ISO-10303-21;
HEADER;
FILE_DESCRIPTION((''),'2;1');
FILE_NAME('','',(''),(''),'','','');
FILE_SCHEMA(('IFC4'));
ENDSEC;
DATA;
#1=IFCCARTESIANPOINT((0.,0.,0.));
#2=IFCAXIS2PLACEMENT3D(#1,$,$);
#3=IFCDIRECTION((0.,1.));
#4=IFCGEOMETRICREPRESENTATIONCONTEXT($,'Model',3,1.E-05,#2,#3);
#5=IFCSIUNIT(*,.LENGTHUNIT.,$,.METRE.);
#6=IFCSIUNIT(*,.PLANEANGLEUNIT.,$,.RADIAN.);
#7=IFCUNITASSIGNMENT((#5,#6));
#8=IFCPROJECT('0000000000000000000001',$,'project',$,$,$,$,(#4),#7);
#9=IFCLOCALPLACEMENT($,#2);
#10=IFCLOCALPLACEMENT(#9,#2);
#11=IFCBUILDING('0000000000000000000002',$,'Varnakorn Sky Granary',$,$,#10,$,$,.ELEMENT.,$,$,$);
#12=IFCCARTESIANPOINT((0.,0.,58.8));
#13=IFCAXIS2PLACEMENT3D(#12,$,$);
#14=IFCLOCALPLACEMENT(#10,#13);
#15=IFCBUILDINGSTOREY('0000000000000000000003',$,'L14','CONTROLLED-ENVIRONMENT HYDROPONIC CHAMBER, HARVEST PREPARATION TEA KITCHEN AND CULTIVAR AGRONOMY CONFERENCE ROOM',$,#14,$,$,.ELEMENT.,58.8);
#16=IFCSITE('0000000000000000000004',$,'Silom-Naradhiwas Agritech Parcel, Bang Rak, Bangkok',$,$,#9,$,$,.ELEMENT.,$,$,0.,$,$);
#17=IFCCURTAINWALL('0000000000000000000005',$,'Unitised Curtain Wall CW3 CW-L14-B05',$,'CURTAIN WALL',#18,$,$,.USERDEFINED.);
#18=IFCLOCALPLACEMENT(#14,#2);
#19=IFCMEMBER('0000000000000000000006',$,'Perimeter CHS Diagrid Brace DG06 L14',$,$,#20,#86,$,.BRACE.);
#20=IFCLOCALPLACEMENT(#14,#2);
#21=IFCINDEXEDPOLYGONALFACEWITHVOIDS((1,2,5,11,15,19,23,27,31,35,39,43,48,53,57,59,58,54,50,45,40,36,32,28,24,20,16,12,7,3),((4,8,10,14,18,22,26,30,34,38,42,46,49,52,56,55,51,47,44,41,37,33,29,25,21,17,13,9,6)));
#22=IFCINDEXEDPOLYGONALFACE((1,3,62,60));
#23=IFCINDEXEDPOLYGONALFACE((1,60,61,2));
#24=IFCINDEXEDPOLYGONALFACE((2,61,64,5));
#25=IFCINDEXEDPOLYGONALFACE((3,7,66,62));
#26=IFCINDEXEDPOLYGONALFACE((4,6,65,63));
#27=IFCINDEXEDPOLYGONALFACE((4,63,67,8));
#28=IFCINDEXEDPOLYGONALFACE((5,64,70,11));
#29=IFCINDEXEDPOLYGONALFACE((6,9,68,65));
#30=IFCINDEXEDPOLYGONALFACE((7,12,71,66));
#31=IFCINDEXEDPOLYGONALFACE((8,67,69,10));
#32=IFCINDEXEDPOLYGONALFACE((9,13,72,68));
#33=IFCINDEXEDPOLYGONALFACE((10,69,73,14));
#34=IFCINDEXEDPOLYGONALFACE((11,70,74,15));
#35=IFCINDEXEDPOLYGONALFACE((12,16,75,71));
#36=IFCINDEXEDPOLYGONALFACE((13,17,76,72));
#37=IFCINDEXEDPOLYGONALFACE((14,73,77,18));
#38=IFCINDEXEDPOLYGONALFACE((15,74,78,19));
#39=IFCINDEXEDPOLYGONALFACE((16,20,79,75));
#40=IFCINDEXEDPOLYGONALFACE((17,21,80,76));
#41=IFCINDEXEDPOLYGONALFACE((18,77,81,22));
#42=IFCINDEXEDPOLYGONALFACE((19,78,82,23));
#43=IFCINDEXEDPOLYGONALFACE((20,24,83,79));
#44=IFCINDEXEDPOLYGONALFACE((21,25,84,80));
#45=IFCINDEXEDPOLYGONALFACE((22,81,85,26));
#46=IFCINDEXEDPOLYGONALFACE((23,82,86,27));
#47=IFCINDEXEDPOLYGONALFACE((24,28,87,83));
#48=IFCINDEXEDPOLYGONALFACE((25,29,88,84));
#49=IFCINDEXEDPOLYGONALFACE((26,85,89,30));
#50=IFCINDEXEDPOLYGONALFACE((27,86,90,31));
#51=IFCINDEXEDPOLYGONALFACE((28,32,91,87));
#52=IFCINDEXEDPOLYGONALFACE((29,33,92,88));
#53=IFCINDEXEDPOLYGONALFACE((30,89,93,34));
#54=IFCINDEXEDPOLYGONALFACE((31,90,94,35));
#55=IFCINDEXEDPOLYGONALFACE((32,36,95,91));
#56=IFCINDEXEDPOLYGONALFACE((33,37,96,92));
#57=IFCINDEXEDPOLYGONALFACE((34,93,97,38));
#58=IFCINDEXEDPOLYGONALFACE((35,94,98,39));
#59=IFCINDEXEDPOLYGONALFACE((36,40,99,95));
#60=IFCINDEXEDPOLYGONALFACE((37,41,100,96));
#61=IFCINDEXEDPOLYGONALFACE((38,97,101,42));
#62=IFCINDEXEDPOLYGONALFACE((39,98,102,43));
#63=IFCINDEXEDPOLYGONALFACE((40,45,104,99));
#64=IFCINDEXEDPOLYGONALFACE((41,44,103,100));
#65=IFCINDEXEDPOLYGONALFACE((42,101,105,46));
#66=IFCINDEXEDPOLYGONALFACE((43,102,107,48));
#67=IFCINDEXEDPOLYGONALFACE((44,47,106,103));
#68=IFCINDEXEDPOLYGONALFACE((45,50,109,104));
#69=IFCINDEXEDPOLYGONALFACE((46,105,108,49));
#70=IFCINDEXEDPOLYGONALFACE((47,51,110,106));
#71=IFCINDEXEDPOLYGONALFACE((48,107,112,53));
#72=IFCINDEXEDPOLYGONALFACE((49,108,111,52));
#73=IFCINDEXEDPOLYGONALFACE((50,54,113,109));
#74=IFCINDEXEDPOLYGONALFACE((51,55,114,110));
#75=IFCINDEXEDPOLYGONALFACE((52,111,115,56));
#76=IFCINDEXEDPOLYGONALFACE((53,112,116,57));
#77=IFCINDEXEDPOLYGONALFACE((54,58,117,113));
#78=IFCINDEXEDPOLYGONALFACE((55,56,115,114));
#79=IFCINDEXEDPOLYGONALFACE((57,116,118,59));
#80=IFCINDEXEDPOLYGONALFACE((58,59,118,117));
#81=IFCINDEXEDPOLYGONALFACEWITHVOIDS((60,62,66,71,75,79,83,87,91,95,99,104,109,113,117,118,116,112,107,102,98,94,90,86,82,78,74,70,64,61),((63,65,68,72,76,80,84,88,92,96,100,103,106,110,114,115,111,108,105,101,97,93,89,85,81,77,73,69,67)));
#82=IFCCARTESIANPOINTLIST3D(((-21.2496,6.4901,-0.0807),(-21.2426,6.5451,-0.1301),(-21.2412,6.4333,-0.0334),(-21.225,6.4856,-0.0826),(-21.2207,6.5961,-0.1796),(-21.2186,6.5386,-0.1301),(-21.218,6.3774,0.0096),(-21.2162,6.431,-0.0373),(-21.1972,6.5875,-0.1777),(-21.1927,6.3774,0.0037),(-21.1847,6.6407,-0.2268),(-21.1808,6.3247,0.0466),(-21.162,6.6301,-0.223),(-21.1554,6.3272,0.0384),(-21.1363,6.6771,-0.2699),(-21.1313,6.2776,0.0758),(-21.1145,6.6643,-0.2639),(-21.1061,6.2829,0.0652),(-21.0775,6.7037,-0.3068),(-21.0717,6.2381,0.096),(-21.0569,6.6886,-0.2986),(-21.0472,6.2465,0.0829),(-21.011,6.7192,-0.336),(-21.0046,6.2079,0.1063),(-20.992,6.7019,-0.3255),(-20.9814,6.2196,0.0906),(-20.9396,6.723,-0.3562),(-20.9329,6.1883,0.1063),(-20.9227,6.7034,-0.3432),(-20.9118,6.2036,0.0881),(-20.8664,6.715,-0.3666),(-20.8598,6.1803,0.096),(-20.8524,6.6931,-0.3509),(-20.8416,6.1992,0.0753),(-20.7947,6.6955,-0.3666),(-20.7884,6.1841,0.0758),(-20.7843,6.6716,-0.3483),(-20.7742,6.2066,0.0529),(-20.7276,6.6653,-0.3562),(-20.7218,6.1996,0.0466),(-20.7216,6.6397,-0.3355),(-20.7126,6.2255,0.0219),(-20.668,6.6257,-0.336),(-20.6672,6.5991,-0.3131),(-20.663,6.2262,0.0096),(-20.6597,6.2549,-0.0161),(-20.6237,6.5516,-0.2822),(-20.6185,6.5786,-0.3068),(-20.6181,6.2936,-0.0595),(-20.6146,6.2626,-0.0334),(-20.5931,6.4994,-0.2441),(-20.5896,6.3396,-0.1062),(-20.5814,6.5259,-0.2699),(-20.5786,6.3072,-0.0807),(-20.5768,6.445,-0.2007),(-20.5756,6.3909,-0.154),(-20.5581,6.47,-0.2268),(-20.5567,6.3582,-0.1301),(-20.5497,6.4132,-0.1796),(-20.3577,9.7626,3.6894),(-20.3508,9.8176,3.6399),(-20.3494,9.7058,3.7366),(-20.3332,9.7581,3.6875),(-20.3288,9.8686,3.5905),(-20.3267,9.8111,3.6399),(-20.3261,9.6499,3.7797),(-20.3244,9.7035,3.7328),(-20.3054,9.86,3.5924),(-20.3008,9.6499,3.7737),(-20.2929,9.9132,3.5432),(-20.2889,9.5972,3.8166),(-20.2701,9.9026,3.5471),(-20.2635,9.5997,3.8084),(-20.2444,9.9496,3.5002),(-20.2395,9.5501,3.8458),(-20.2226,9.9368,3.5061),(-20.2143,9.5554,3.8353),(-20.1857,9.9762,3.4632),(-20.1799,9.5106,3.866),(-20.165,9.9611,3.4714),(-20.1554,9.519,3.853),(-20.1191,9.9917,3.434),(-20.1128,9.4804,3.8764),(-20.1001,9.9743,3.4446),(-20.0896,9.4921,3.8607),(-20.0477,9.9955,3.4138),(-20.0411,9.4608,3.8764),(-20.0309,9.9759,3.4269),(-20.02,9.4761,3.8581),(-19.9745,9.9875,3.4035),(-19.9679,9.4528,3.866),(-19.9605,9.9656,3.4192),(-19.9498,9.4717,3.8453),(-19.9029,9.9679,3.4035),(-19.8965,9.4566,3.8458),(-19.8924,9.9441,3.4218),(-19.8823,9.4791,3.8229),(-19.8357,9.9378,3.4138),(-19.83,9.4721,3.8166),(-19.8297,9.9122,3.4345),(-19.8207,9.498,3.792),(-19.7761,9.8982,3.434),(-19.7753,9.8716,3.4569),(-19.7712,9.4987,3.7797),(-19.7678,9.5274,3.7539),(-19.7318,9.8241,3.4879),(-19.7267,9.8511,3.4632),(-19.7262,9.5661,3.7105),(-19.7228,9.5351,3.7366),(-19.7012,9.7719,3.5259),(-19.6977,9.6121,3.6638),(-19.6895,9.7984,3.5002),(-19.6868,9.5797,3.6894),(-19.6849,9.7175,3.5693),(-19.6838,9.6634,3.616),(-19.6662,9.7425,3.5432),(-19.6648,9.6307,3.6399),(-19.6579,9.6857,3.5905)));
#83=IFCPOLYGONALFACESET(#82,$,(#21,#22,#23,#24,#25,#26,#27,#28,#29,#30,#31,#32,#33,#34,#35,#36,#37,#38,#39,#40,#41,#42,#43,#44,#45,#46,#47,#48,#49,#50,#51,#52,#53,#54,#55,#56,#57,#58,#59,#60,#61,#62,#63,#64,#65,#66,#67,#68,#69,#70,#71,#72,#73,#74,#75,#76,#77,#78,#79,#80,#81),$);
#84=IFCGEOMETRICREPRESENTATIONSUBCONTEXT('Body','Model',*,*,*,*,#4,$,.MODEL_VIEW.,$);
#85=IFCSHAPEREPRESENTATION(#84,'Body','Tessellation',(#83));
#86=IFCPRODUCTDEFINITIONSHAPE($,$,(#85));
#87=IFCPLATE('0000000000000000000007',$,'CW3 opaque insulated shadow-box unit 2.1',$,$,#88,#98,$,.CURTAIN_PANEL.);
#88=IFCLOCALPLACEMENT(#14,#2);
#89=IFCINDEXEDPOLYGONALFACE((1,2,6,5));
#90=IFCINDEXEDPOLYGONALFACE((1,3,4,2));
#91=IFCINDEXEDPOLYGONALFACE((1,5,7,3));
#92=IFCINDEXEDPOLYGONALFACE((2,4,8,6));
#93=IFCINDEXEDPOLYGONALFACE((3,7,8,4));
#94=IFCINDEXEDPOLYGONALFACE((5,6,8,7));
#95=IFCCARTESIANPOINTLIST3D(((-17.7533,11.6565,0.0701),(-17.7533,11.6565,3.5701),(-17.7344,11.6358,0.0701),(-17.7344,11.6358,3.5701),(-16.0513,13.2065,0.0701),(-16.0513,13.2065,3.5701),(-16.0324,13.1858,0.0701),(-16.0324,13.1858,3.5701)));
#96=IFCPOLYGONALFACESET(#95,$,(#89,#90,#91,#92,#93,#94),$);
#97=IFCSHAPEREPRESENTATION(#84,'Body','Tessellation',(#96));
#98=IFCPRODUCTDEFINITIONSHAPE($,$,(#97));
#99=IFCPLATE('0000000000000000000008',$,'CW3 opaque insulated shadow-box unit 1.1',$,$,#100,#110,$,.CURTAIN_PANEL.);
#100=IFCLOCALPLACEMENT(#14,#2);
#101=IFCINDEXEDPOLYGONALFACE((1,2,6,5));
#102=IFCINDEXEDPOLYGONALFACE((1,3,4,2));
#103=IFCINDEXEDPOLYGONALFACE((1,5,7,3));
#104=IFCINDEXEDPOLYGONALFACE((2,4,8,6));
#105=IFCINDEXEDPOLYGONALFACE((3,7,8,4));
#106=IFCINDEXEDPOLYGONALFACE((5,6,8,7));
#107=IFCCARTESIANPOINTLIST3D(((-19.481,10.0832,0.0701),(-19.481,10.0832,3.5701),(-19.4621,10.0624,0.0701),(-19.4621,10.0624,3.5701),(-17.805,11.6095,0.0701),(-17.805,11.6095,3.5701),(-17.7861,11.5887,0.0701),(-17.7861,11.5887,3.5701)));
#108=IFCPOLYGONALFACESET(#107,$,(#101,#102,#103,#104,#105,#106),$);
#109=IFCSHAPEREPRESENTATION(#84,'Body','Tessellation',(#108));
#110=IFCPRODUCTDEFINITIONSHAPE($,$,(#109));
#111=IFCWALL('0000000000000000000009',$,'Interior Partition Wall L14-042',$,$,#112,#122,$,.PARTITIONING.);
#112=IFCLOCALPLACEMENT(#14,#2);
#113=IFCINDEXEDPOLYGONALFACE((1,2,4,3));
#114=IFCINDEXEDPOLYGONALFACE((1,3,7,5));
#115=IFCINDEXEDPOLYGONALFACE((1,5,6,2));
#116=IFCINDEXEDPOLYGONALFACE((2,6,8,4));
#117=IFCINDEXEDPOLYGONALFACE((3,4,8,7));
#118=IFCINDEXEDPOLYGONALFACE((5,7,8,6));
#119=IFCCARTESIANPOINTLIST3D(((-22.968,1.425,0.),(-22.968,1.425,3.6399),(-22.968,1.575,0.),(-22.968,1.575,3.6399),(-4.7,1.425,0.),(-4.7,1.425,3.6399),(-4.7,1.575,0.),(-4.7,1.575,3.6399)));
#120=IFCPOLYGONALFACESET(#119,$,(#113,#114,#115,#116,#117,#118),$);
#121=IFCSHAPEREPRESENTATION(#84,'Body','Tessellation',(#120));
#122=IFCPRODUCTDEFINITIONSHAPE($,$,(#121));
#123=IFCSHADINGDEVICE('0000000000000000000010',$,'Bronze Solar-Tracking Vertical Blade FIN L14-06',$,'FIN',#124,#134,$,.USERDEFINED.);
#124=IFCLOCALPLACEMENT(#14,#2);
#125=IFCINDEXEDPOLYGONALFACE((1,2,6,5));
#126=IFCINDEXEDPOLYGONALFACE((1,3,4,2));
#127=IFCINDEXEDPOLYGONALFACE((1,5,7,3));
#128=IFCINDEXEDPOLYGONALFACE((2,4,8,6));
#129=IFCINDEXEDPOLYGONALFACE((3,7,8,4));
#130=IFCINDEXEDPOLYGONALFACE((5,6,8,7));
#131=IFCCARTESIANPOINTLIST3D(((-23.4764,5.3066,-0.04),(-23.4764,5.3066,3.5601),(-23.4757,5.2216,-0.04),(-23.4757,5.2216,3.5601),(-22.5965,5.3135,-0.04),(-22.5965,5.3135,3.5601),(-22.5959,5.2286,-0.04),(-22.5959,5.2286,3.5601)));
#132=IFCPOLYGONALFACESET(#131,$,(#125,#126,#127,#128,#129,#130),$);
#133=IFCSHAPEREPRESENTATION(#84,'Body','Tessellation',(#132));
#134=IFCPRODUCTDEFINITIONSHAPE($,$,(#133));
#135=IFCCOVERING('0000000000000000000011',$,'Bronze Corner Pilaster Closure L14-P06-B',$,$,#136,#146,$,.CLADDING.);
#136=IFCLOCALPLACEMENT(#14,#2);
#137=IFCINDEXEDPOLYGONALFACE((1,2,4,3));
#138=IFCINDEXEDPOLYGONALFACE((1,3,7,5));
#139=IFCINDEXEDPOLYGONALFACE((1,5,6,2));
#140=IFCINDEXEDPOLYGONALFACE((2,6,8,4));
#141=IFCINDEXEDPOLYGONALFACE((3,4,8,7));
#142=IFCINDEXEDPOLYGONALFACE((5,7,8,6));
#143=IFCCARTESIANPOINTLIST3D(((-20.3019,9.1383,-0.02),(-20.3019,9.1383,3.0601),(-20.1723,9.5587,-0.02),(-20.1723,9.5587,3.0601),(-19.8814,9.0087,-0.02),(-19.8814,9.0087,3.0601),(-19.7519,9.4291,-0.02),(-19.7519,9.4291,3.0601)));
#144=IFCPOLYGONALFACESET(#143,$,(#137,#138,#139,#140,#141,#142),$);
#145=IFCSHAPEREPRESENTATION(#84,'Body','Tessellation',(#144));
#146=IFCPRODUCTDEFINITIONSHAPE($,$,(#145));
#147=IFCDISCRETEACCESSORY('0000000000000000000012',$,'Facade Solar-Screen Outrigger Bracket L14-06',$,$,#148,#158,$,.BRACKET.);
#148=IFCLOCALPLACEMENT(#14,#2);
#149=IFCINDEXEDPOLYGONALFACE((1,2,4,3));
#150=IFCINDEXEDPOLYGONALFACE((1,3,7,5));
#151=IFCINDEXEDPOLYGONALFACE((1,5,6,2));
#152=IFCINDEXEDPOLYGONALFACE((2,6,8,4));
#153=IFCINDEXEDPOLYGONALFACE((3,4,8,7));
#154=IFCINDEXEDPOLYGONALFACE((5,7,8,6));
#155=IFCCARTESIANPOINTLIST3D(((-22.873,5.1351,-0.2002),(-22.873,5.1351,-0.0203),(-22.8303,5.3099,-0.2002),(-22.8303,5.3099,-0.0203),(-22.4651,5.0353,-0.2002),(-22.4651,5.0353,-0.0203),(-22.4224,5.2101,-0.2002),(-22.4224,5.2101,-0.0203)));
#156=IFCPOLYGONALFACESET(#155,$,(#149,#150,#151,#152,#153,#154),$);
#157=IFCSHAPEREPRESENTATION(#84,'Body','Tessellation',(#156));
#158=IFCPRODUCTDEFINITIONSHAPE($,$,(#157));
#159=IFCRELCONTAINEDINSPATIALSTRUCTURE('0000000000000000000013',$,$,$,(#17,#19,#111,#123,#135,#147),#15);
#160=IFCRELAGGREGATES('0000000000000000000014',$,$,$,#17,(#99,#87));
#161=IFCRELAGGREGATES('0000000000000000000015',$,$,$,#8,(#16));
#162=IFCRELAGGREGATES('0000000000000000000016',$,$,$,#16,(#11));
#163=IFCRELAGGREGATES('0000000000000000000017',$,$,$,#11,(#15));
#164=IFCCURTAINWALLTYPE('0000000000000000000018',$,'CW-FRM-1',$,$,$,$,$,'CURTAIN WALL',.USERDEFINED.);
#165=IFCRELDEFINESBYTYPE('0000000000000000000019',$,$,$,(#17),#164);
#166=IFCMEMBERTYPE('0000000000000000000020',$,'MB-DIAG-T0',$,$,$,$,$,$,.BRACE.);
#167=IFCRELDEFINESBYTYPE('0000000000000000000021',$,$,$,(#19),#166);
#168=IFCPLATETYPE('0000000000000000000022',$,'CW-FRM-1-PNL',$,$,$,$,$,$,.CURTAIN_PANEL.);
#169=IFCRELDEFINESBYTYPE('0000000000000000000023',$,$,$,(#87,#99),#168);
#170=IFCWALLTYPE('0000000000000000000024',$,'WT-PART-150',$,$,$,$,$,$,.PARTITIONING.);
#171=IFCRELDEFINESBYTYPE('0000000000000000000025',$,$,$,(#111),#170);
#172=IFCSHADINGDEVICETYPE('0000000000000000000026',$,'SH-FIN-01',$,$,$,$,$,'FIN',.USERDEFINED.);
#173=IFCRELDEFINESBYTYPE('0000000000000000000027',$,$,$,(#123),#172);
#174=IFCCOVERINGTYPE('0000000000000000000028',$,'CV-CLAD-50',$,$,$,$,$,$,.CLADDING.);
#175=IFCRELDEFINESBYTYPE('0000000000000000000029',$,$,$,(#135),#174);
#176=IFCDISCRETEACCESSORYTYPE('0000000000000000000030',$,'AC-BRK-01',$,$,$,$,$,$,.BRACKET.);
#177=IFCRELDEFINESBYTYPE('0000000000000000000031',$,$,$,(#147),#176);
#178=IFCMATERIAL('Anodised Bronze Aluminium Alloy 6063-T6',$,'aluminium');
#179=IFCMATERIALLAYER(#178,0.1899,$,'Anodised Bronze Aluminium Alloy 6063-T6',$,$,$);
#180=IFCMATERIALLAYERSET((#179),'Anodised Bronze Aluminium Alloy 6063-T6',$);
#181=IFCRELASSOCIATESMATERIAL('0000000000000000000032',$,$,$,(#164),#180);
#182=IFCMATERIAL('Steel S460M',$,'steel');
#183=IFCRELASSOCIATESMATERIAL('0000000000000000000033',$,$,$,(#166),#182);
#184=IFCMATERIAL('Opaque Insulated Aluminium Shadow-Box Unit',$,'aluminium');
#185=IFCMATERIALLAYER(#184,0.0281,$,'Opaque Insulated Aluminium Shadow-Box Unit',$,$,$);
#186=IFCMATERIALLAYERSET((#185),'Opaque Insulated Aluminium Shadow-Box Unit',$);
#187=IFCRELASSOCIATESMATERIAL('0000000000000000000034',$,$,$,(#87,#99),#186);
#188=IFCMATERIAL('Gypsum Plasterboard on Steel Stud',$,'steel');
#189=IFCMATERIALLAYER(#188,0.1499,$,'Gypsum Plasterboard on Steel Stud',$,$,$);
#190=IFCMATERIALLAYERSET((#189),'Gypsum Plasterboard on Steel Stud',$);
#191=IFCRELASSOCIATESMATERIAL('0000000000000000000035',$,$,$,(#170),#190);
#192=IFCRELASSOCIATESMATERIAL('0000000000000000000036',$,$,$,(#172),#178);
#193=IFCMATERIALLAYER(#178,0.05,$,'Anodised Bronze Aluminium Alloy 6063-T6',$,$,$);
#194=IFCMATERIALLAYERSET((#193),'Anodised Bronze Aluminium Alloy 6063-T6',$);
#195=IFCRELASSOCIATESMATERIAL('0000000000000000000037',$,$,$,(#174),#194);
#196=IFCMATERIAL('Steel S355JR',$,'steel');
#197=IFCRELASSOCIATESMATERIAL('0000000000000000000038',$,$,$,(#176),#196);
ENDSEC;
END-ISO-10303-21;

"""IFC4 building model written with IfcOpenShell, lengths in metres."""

from ifc_helpers import new_model, si_unit, direction, frame, frame_2d, origin, origin_2d, place, context, subcontext, project, spatial, rectangle, hollow_circle, extrude, source, transform, mapped, material, layer, layer_set, material_profile, profile_set, type_object, type_shapes, element, aggregate, save


model = new_model("IFC4")

# Units and contexts
model_context = context("Model", 3, precision=1e-05, world=origin(), true_north=direction((0.0, 1.0)))
body_context = subcontext(model_context, "Body", "Model", "MODEL_VIEW")
ifc_project = project(units=[si_unit("LENGTHUNIT", "METRE"), si_unit("PLANEANGLEUNIT", "RADIAN")], contexts=[model_context])

# Site, building, storey
site_placement = place(None, origin())
site = spatial("IfcSite", under=ifc_project, at=site_placement, Name="Silom-Naradhiwas Agritech Parcel, Bang Rak, Bangkok", CompositionType="ELEMENT", RefElevation=0.0)
building_placement = place(site_placement, origin())
building = spatial("IfcBuilding", under=site, at=building_placement, Name="Varnakorn Sky Granary", CompositionType="ELEMENT")
storey_placement = place(building_placement, frame((0.0, 0.0, 58.8)))
storey = spatial("IfcBuildingStorey", under=building, at=storey_placement, Name="L14", Description="CONTROLLED-ENVIRONMENT HYDROPONIC CHAMBER, HARVEST PREPARATION TEA KITCHEN AND CULTIVAR AGRONOMY CONFERENCE ROOM", CompositionType="ELEMENT", Elevation=58.8)

# Shared definitions
ifc_material_1 = material(Name="Steel S460M", Category="steel")

# Shared definitions
ifc_material_2 = material(Name="Steel S355JR", Category="steel")

# Curtain wall
ifc_material_3 = material(Name="Anodised Bronze Aluminium Alloy 6063-T6", Category="aluminium")
ifc_layer_1 = layer(ifc_material_3, 0.1899, Name="Anodised Bronze Aluminium Alloy 6063-T6")
ifc_layer_set_1 = layer_set([ifc_layer_1], Name="Anodised Bronze Aluminium Alloy 6063-T6")
curtain_wall_type = type_object("IfcCurtainWallType", Name="CW-FRM-1", ElementType="CURTAIN WALL", PredefinedType="USERDEFINED", material=ifc_layer_set_1)
curtain_wall_placement = place(storey_placement, origin())
curtain_wall = element("IfcCurtainWall", 1, at=curtain_wall_placement, inside=storey, type_object=curtain_wall_type, Name="Unitised Curtain Wall CW3 CW-L14-B05", ObjectType="CURTAIN WALL", PredefinedType="USERDEFINED")

# Member
ifc_material_profile_1 = material_profile(ifc_material_1, hollow_circle(Radius=0.3555, WallThickness=0.0249, at=origin_2d()), Name="CHS 711x25")
ifc_profile_set_1 = profile_set([ifc_material_profile_1], Name="Steel S460M")
member_type_1 = type_object("IfcMemberType", Name="MB-DIAG-T0", PredefinedType="BRACE", material=ifc_profile_set_1)
member_1_placement = place(storey_placement, frame((-20.8997, 6.4517, -0.1301), z_axis=(0.175864, 0.645298, 0.743412), x_axis=(-0.964812, 0.262941, 0.0)))
element("IfcMember", 2, at=member_1_placement, inside=storey, type_object=member_type_1, Name="Perimeter CHS Diagrid Brace DG06 L14", PredefinedType="BRACE", context=body_context, shape_type="SweptSolid", body=[
    extrude(hollow_circle(Radius=0.3555, WallThickness=0.0249, at=origin_2d()), origin(), (0.0, 0.0, 1.0), 5.0713),
])

# Plates
ifc_material_4 = material(Name="Opaque Insulated Aluminium Shadow-Box Unit", Category="aluminium")
ifc_layer_2 = layer(ifc_material_4, 0.0281, Name="Opaque Insulated Aluminium Shadow-Box Unit")
ifc_layer_set_2 = layer_set([ifc_layer_2], Name="Opaque Insulated Aluminium Shadow-Box Unit")
plate_type = type_object("IfcPlateType", Name="CW-FRM-1-PNL", PredefinedType="CURTAIN_PANEL")
shared_shape_1 = source(origin(), body_context, "Body", "SweptSolid", [
    extrude(rectangle(XDim=2.302, YDim=0.0281, at=origin_2d()), origin(), (0.0, 0.0, 1.0), 3.5),
])
plate_1_placement = place(storey_placement, frame((-16.8928, 12.4211, 0.0701), z_axis=(0.0, 0.0, 1.0), x_axis=(0.739352, 0.673319, 0.0)))
plate_1 = element("IfcPlate", 3, at=plate_1_placement, type_object=plate_type, material=ifc_layer_set_2, Name="CW3 opaque insulated shadow-box unit 2.1", PredefinedType="CURTAIN_PANEL", context=body_context, shape_type="MappedRepresentation", body=[
    mapped(shared_shape_1, transform((0.0, 0.0, 0.0), x_axis=(1.0, 0.0, 0.0), y_axis=(0.0, 1.0, 0.0), z_axis=(0.0, 0.0, 1.0), scale=1.0)),
])
shared_shape_2 = source(origin(), body_context, "Body", "SweptSolid", [
    extrude(rectangle(XDim=2.2668, YDim=0.0281, at=origin_2d()), origin(), (0.0, 0.0, 1.0), 3.5),
])
type_shapes(plate_type, [shared_shape_1, shared_shape_2])
plate_2_placement = place(storey_placement, frame((-18.6335, 10.8359, 0.0701), z_axis=(0.0, 0.0, 1.0), x_axis=(0.739352, 0.673319, 0.0)))
plate_2 = element("IfcPlate", 4, at=plate_2_placement, type_object=plate_type, material=ifc_layer_set_2, Name="CW3 opaque insulated shadow-box unit 1.1", PredefinedType="CURTAIN_PANEL", context=body_context, shape_type="MappedRepresentation", body=[
    mapped(shared_shape_2, transform((0.0, 0.0, 0.0), x_axis=(1.0, 0.0, 0.0), y_axis=(0.0, 1.0, 0.0), z_axis=(0.0, 0.0, 1.0), scale=1.0)),
])
aggregate(curtain_wall, [plate_2, plate_1])

# Wall
ifc_material_5 = material(Name="Gypsum Plasterboard on Steel Stud", Category="steel")
ifc_layer_3 = layer(ifc_material_5, 0.1499, Name="Gypsum Plasterboard on Steel Stud")
ifc_layer_set_3 = layer_set([ifc_layer_3], Name="Gypsum Plasterboard on Steel Stud")
wall_type = type_object("IfcWallType", Name="WT-PART-150", PredefinedType="PARTITIONING", material=ifc_layer_set_3)
wall_placement = place(storey_placement, frame((-22.968, 1.5, 0.0), z_axis=(0.0, 0.0, 1.0), x_axis=(1.0, 0.0, 0.0)))
element("IfcWall", 5, at=wall_placement, inside=storey, type_object=wall_type, Name="Interior Partition Wall L14-042", PredefinedType="PARTITIONING", context=body_context, shape_type="SweptSolid", body=[
    extrude(rectangle(XDim=18.2681, YDim=0.1499, at=frame_2d((9.134, 0.0))), origin(), (0.0, 0.0, 1.0), 3.6399),
])

# Shading device
shading_device_type = type_object("IfcShadingDeviceType", Name="SH-FIN-01", ElementType="FIN", PredefinedType="USERDEFINED", material=ifc_material_3)
shared_shape_3 = source(origin(), body_context, "Body", "SweptSolid", [
    extrude(rectangle(XDim=0.085, YDim=0.8799, at=origin_2d()), origin(), (0.0, 0.0, 1.0), 3.6001),
])
type_shapes(shading_device_type, [shared_shape_3])
shading_device_placement = place(storey_placement, frame((-23.0361, 5.2676, -0.04), z_axis=(0.0, 0.0, 1.0), x_axis=(0.007846, -0.999969, 0.0)))
element("IfcShadingDevice", 6, at=shading_device_placement, inside=storey, type_object=shading_device_type, Name="Bronze Solar-Tracking Vertical Blade FIN L14-06", ObjectType="FIN", PredefinedType="USERDEFINED", context=body_context, shape_type="MappedRepresentation", body=[
    mapped(shared_shape_3, transform((0.0, 0.0, 0.0), x_axis=(1.0, 0.0, 0.0), y_axis=(0.0, 1.0, 0.0), z_axis=(0.0, 0.0, 1.0), scale=1.0)),
])

# Covering
ifc_layer_4 = layer(ifc_material_3, 0.05, Name="Anodised Bronze Aluminium Alloy 6063-T6")
ifc_layer_set_4 = layer_set([ifc_layer_4], Name="Anodised Bronze Aluminium Alloy 6063-T6")
covering_type = type_object("IfcCoveringType", Name="CV-CLAD-50", PredefinedType="CLADDING", material=ifc_layer_set_4)
shared_shape_4 = source(origin(), body_context, "Body", "SweptSolid", [
    extrude(rectangle(XDim=0.4399, YDim=0.4399, at=origin_2d()), origin(), (0.0, 0.0, 1.0), 3.0801),
])
type_shapes(covering_type, [shared_shape_4])
covering_placement = place(storey_placement, frame((-20.0269, 9.2837, -0.02), z_axis=(0.0, 0.0, 1.0), x_axis=(0.294541, 0.955639, 0.0)))
element("IfcCovering", 7, at=covering_placement, inside=storey, type_object=covering_type, Name="Bronze Corner Pilaster Closure L14-P06-B", PredefinedType="CLADDING", context=body_context, shape_type="MappedRepresentation", body=[
    mapped(shared_shape_4, transform((0.0, 0.0, 0.0), x_axis=(1.0, 0.0, 0.0), y_axis=(0.0, 1.0, 0.0), z_axis=(0.0, 0.0, 1.0), scale=1.0)),
])

# Discrete accessory
discrete_accessory_type = type_object("IfcDiscreteAccessoryType", Name="AC-BRK-01", PredefinedType="BRACKET", material=ifc_material_2)
shared_shape_5 = source(origin(), body_context, "Body", "SweptSolid", [
    extrude(rectangle(XDim=0.1799, YDim=0.4199, at=origin_2d()), origin(), (0.0, 0.0, 1.0), 0.1799),
])
type_shapes(discrete_accessory_type, [shared_shape_5])
discrete_accessory_placement = place(storey_placement, frame((-22.6477, 5.1726, -0.2002), z_axis=(0.0, 0.0, 1.0), x_axis=(-0.237587, -0.971366, 0.0)))
element("IfcDiscreteAccessory", 8, at=discrete_accessory_placement, inside=storey, type_object=discrete_accessory_type, Name="Facade Solar-Screen Outrigger Bracket L14-06", PredefinedType="BRACKET", context=body_context, shape_type="MappedRepresentation", body=[
    mapped(shared_shape_5, transform((0.0, 0.0, 0.0), x_axis=(1.0, 0.0, 0.0), y_axis=(0.0, 1.0, 0.0), z_axis=(0.0, 0.0, 1.0), scale=1.0)),
])

save(model, "model.ifc")
